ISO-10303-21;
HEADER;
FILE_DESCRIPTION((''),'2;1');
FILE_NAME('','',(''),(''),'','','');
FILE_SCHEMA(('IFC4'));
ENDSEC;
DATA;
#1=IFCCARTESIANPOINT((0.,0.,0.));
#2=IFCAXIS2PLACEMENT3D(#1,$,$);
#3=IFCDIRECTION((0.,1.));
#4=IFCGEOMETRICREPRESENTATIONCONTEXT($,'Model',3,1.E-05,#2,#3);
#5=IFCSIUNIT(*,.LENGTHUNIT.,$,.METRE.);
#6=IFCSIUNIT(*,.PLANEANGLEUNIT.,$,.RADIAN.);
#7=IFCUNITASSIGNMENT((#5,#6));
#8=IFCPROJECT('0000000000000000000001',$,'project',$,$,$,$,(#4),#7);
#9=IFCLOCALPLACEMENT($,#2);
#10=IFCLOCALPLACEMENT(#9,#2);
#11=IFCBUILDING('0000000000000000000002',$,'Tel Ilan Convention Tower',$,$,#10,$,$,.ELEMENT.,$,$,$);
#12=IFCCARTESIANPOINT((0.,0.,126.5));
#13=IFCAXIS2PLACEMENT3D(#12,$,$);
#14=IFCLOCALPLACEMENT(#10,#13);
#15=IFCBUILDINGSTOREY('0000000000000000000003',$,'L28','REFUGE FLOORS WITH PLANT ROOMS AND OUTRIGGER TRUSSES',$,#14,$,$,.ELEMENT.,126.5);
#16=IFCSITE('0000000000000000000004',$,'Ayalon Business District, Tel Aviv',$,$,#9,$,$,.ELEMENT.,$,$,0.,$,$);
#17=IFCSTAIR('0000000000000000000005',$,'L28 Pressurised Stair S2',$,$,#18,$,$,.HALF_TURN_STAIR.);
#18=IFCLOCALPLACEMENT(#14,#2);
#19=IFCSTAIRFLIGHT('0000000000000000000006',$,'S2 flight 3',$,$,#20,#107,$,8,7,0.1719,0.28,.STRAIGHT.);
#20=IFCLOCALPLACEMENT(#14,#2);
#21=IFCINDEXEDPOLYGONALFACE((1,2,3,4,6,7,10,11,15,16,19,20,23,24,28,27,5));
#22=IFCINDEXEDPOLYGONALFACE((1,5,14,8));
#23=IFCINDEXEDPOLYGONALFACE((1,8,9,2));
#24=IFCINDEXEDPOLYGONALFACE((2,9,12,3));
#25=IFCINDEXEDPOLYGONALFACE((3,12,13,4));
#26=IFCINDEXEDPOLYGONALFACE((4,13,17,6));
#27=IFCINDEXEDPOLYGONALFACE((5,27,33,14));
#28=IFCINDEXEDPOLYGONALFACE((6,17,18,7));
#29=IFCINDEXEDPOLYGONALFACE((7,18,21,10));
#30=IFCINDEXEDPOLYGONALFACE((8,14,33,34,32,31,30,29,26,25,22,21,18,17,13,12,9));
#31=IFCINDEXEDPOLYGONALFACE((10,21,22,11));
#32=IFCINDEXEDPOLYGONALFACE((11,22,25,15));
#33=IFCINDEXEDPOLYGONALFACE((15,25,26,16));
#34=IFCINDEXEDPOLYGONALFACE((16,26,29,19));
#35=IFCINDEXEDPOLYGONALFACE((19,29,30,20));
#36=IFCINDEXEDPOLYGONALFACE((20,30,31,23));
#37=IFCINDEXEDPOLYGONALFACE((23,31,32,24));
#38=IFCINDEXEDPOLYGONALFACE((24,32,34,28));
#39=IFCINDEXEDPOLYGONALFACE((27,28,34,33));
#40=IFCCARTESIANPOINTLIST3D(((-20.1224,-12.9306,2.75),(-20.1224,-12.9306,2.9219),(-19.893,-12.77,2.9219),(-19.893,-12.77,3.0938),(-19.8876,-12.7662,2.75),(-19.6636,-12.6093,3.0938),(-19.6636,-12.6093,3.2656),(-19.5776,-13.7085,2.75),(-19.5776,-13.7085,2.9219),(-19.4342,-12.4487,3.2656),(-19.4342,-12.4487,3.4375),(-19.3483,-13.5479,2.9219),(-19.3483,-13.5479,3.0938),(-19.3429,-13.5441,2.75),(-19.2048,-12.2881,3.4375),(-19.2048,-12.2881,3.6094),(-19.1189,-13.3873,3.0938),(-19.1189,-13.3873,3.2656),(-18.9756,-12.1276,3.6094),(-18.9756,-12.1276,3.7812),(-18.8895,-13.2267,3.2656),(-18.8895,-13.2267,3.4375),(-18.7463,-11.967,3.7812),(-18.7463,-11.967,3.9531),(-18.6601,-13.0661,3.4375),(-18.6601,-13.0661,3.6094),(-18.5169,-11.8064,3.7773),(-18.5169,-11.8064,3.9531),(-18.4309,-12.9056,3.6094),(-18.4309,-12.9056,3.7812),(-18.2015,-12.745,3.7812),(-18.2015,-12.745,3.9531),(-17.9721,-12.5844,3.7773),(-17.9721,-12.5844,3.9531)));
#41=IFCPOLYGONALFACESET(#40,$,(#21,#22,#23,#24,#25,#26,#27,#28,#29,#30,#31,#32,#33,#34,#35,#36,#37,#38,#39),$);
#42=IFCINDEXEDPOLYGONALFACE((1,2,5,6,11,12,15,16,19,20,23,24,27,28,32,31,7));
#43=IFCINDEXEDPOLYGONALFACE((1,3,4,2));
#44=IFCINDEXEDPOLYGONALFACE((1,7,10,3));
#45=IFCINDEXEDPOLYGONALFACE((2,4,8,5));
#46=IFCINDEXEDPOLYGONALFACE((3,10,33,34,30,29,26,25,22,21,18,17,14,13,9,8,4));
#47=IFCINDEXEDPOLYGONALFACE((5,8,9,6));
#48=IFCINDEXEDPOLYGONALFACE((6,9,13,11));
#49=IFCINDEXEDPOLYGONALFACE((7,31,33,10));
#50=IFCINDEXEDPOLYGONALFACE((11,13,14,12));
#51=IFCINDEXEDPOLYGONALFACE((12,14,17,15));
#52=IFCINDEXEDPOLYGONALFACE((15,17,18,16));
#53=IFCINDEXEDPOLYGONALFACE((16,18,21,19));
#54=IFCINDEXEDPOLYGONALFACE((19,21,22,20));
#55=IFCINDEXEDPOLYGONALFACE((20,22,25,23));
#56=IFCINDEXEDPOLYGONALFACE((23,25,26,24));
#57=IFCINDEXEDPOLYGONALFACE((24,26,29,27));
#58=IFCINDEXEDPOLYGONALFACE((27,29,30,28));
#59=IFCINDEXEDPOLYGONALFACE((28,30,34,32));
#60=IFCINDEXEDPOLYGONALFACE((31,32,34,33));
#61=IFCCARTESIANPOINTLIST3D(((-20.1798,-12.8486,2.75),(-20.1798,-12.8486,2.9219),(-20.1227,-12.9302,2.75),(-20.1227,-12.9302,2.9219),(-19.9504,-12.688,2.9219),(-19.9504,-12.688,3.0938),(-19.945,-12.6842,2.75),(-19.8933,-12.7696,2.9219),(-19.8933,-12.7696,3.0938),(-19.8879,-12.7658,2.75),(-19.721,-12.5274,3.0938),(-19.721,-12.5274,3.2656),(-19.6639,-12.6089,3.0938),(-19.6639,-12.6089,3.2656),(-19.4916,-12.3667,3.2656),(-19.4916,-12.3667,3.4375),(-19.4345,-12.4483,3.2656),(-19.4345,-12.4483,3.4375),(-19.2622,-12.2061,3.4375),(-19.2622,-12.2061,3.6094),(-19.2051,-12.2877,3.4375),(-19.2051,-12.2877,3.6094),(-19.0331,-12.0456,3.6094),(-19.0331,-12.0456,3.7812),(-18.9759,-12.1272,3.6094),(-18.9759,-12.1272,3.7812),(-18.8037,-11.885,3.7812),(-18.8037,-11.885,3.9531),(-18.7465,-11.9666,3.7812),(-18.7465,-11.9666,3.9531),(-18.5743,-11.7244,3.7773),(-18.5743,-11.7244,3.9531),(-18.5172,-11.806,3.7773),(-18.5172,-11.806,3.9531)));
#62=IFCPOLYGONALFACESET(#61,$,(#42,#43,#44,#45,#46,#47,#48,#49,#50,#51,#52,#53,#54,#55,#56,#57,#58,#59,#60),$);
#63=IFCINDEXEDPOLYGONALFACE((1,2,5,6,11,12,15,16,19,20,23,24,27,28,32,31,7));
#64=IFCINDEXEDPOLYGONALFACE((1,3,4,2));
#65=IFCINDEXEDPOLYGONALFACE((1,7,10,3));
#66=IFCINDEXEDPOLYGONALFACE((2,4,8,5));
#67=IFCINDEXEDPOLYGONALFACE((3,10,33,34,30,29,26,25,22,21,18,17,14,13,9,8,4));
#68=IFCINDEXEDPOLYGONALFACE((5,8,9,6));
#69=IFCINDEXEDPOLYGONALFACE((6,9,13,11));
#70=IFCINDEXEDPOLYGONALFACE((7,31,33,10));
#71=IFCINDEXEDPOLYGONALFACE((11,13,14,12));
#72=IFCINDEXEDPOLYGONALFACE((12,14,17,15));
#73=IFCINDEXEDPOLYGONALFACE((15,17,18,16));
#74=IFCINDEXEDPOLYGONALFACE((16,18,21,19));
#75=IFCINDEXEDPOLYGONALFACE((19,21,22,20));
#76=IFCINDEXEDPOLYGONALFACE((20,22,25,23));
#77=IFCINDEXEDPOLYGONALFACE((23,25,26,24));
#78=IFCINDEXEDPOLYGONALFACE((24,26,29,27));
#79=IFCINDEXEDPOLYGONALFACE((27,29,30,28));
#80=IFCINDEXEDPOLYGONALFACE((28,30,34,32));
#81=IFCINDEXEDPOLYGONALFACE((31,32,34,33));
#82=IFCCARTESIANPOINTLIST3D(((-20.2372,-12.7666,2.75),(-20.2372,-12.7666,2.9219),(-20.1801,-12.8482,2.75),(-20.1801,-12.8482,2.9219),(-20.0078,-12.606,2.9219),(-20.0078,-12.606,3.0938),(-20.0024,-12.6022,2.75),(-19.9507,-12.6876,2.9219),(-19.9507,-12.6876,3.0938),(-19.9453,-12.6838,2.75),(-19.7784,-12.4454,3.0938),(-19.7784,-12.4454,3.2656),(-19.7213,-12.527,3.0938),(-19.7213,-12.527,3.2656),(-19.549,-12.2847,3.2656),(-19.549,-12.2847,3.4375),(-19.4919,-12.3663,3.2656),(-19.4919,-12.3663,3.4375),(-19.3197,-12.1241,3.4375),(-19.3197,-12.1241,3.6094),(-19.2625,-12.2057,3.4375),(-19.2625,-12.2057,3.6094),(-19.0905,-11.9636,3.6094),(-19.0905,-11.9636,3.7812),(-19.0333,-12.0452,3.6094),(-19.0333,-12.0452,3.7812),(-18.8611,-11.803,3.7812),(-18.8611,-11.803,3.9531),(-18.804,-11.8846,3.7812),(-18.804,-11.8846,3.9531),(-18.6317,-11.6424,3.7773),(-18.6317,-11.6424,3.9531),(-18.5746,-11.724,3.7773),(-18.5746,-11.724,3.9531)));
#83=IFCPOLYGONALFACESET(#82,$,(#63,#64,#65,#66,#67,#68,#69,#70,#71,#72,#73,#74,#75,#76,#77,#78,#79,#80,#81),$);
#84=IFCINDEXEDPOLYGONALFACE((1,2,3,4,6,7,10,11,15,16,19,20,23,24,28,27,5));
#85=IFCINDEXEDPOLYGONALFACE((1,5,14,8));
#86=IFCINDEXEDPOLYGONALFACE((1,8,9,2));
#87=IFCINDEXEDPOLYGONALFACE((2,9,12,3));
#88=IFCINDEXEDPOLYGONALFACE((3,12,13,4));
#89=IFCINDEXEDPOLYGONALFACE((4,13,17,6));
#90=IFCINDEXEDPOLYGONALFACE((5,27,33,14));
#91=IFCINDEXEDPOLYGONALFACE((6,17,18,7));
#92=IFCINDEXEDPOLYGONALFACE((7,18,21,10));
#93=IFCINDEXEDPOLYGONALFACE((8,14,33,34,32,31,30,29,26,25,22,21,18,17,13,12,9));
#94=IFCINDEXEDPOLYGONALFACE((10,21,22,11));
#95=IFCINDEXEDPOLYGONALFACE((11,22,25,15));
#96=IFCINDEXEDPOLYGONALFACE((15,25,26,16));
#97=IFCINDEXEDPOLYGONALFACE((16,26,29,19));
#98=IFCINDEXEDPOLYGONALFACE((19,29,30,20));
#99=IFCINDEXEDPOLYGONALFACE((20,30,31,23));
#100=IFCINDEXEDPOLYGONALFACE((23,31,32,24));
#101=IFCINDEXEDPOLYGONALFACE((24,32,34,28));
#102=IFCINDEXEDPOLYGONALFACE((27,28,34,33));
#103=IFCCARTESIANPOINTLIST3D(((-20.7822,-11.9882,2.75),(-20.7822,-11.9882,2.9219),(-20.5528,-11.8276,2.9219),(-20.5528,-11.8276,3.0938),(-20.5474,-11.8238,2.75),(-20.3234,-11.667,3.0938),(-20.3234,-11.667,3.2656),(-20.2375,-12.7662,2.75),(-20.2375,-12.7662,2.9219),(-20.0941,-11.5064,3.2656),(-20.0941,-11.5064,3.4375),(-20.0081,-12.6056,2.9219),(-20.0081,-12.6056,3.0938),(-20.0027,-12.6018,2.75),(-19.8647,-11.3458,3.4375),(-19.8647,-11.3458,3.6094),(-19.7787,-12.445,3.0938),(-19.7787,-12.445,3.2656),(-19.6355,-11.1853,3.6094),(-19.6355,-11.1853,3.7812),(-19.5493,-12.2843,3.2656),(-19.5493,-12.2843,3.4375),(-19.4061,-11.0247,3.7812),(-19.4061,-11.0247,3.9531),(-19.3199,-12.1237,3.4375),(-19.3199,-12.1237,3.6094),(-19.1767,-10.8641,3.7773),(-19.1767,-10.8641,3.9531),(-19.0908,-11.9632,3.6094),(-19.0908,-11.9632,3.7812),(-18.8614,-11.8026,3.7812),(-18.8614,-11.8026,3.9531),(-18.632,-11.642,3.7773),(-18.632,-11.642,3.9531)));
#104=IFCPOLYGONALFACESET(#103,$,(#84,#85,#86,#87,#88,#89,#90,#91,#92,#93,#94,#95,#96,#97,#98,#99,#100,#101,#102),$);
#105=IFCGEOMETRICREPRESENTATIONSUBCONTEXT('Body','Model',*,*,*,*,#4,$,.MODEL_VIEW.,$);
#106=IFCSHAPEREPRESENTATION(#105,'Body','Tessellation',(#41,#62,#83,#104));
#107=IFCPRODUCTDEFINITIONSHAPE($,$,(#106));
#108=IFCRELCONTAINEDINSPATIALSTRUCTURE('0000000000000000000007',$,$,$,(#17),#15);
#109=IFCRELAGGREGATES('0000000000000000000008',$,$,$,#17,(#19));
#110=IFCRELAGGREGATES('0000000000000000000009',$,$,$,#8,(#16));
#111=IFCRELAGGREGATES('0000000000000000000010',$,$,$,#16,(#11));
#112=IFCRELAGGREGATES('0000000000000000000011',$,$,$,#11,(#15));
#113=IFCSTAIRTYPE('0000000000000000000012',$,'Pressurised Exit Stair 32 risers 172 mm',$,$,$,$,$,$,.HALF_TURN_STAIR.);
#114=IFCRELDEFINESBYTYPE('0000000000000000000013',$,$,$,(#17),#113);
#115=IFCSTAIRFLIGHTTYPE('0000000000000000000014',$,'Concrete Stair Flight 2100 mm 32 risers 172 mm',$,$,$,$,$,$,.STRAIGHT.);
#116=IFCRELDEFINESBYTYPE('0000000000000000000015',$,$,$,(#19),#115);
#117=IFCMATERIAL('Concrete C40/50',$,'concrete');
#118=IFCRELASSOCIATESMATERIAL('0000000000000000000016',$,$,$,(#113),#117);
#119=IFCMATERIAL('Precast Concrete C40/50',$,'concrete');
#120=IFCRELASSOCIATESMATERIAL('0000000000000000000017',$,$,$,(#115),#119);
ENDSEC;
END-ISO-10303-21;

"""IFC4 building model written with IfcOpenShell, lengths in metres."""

from ifc_helpers import new_model, si_unit, direction, frame, origin, place, context, subcontext, project, spatial, polyline, outline, extrude, material, type_object, element, aggregate, save


model = new_model("IFC4")

# Units and contexts
model_context = context("Model", 3, precision=1e-05, world=origin(), true_north=direction((0.0, 1.0)))
body_context = subcontext(model_context, "Body", "Model", "MODEL_VIEW")
ifc_project = project(units=[si_unit("LENGTHUNIT", "METRE"), si_unit("PLANEANGLEUNIT", "RADIAN")], contexts=[model_context])

# Site, building, storey
site_placement = place(None, origin())
site = spatial("IfcSite", under=ifc_project, at=site_placement, Name="Ayalon Business District, Tel Aviv", CompositionType="ELEMENT", RefElevation=0.0)
building_placement = place(site_placement, origin())
building = spatial("IfcBuilding", under=site, at=building_placement, Name="Tel Ilan Convention Tower", CompositionType="ELEMENT")
storey_placement = place(building_placement, frame((0.0, 0.0, 126.5)))
storey = spatial("IfcBuildingStorey", under=building, at=storey_placement, Name="L28", Description="REFUGE FLOORS WITH PLANT ROOMS AND OUTRIGGER TRUSSES", CompositionType="ELEMENT", Elevation=126.5)

# Stair, stair flight
ifc_material_1 = material(Name="Concrete C40/50", Category="concrete")
stair_type = type_object("IfcStairType", Name="Pressurised Exit Stair 32 risers 172 mm", PredefinedType="HALF_TURN_STAIR", material=ifc_material_1)
stair_placement = place(storey_placement, origin())
stair = element("IfcStair", 1, at=stair_placement, inside=storey, type_object=stair_type, Name="L28 Pressurised Stair S2", PredefinedType="HALF_TURN_STAIR")
ifc_material_2 = material(Name="Precast Concrete C40/50", Category="concrete")
stair_flight_type = type_object("IfcStairFlightType", Name="Concrete Stair Flight 2100 mm 32 risers 172 mm", PredefinedType="STRAIGHT", material=ifc_material_2)
stair_flight_1_placement = place(storey_placement, frame((-20.1799, -12.8484, 2.75), z_axis=(0.0, 0.0, 1.0), x_axis=(0.819152, 0.573576, 0.0)))
stair_flight_1 = element("IfcStairFlight", 2, at=stair_flight_1_placement, type_object=stair_flight_type, Name="S2 flight 3", NumberOfRisers=8, NumberOfTreads=7, PredefinedType="STRAIGHT", RiserHeight=0.1719, TreadLength=0.28, context=body_context, shape_type="SweptSolid", body=[
    extrude(outline(polyline([(0.0, 0.0), (0.0, 0.1719), (0.28, 0.1719), (0.28, 0.3438), (0.5601, 0.3438), (0.5601, 0.5156), (0.8401, 0.5156), (0.8401, 0.6875), (1.1201, 0.6875), (1.1201, 0.8594), (1.3999, 0.8594), (1.3999, 1.0312), (1.6799, 1.0312), (1.6799, 1.2031), (1.96, 1.2031), (1.96, 1.375), (1.96, 1.0273), (0.2866, 0.0), (0.0, 0.0)])), frame((0.0, -0.1003, 0.0), z_axis=(0.0, -1.0, 0.0), x_axis=(1.0, 0.0, 0.0)), (0.0, 0.0, 1.0), 0.9497),
    extrude(outline(polyline([(0.0, 0.0), (0.0, 0.1719), (0.28, 0.1719), (0.28, 0.3438), (0.5601, 0.3438), (0.5601, 0.5156), (0.8401, 0.5156), (0.8401, 0.6875), (1.1201, 0.6875), (1.1201, 0.8594), (1.3999, 0.8594), (1.3999, 1.0312), (1.6799, 1.0312), (1.6799, 1.2031), (1.96, 1.2031), (1.96, 1.375), (1.96, 1.0273), (0.2866, 0.0), (0.0, 0.0)])), frame((0.0, -0.0002, 0.0), z_axis=(0.0, -1.0, 0.0), x_axis=(1.0, 0.0, 0.0)), (0.0, 0.0, 1.0), 0.0996),
    extrude(outline(polyline([(0.0, 0.0), (0.0, 0.1719), (0.28, 0.1719), (0.28, 0.3438), (0.5601, 0.3438), (0.5601, 0.5156), (0.8401, 0.5156), (0.8401, 0.6875), (1.1201, 0.6875), (1.1201, 0.8594), (1.3999, 0.8594), (1.3999, 1.0312), (1.6799, 1.0312), (1.6799, 1.2031), (1.96, 1.2031), (1.96, 1.375), (1.96, 1.0273), (0.2866, 0.0), (0.0, 0.0)])), frame((0.0, 0.0999, 0.0), z_axis=(0.0, -1.0, 0.0), x_axis=(1.0, 0.0, 0.0)), (0.0, 0.0, 1.0), 0.0996),
    extrude(outline(polyline([(0.0, 0.0), (0.0, 0.1719), (0.28, 0.1719), (0.28, 0.3438), (0.5601, 0.3438), (0.5601, 0.5156), (0.8401, 0.5156), (0.8401, 0.6875), (1.1201, 0.6875), (1.1201, 0.8594), (1.3999, 0.8594), (1.3999, 1.0312), (1.6799, 1.0312), (1.6799, 1.2031), (1.96, 1.2031), (1.96, 1.375), (1.96, 1.0273), (0.2866, 0.0), (0.0, 0.0)])), frame((0.0, 1.05, 0.0), z_axis=(0.0, -1.0, 0.0), x_axis=(1.0, 0.0, 0.0)), (0.0, 0.0, 1.0), 0.9497),
])
aggregate(stair, [stair_flight_1])

save(model, "model.ifc")
